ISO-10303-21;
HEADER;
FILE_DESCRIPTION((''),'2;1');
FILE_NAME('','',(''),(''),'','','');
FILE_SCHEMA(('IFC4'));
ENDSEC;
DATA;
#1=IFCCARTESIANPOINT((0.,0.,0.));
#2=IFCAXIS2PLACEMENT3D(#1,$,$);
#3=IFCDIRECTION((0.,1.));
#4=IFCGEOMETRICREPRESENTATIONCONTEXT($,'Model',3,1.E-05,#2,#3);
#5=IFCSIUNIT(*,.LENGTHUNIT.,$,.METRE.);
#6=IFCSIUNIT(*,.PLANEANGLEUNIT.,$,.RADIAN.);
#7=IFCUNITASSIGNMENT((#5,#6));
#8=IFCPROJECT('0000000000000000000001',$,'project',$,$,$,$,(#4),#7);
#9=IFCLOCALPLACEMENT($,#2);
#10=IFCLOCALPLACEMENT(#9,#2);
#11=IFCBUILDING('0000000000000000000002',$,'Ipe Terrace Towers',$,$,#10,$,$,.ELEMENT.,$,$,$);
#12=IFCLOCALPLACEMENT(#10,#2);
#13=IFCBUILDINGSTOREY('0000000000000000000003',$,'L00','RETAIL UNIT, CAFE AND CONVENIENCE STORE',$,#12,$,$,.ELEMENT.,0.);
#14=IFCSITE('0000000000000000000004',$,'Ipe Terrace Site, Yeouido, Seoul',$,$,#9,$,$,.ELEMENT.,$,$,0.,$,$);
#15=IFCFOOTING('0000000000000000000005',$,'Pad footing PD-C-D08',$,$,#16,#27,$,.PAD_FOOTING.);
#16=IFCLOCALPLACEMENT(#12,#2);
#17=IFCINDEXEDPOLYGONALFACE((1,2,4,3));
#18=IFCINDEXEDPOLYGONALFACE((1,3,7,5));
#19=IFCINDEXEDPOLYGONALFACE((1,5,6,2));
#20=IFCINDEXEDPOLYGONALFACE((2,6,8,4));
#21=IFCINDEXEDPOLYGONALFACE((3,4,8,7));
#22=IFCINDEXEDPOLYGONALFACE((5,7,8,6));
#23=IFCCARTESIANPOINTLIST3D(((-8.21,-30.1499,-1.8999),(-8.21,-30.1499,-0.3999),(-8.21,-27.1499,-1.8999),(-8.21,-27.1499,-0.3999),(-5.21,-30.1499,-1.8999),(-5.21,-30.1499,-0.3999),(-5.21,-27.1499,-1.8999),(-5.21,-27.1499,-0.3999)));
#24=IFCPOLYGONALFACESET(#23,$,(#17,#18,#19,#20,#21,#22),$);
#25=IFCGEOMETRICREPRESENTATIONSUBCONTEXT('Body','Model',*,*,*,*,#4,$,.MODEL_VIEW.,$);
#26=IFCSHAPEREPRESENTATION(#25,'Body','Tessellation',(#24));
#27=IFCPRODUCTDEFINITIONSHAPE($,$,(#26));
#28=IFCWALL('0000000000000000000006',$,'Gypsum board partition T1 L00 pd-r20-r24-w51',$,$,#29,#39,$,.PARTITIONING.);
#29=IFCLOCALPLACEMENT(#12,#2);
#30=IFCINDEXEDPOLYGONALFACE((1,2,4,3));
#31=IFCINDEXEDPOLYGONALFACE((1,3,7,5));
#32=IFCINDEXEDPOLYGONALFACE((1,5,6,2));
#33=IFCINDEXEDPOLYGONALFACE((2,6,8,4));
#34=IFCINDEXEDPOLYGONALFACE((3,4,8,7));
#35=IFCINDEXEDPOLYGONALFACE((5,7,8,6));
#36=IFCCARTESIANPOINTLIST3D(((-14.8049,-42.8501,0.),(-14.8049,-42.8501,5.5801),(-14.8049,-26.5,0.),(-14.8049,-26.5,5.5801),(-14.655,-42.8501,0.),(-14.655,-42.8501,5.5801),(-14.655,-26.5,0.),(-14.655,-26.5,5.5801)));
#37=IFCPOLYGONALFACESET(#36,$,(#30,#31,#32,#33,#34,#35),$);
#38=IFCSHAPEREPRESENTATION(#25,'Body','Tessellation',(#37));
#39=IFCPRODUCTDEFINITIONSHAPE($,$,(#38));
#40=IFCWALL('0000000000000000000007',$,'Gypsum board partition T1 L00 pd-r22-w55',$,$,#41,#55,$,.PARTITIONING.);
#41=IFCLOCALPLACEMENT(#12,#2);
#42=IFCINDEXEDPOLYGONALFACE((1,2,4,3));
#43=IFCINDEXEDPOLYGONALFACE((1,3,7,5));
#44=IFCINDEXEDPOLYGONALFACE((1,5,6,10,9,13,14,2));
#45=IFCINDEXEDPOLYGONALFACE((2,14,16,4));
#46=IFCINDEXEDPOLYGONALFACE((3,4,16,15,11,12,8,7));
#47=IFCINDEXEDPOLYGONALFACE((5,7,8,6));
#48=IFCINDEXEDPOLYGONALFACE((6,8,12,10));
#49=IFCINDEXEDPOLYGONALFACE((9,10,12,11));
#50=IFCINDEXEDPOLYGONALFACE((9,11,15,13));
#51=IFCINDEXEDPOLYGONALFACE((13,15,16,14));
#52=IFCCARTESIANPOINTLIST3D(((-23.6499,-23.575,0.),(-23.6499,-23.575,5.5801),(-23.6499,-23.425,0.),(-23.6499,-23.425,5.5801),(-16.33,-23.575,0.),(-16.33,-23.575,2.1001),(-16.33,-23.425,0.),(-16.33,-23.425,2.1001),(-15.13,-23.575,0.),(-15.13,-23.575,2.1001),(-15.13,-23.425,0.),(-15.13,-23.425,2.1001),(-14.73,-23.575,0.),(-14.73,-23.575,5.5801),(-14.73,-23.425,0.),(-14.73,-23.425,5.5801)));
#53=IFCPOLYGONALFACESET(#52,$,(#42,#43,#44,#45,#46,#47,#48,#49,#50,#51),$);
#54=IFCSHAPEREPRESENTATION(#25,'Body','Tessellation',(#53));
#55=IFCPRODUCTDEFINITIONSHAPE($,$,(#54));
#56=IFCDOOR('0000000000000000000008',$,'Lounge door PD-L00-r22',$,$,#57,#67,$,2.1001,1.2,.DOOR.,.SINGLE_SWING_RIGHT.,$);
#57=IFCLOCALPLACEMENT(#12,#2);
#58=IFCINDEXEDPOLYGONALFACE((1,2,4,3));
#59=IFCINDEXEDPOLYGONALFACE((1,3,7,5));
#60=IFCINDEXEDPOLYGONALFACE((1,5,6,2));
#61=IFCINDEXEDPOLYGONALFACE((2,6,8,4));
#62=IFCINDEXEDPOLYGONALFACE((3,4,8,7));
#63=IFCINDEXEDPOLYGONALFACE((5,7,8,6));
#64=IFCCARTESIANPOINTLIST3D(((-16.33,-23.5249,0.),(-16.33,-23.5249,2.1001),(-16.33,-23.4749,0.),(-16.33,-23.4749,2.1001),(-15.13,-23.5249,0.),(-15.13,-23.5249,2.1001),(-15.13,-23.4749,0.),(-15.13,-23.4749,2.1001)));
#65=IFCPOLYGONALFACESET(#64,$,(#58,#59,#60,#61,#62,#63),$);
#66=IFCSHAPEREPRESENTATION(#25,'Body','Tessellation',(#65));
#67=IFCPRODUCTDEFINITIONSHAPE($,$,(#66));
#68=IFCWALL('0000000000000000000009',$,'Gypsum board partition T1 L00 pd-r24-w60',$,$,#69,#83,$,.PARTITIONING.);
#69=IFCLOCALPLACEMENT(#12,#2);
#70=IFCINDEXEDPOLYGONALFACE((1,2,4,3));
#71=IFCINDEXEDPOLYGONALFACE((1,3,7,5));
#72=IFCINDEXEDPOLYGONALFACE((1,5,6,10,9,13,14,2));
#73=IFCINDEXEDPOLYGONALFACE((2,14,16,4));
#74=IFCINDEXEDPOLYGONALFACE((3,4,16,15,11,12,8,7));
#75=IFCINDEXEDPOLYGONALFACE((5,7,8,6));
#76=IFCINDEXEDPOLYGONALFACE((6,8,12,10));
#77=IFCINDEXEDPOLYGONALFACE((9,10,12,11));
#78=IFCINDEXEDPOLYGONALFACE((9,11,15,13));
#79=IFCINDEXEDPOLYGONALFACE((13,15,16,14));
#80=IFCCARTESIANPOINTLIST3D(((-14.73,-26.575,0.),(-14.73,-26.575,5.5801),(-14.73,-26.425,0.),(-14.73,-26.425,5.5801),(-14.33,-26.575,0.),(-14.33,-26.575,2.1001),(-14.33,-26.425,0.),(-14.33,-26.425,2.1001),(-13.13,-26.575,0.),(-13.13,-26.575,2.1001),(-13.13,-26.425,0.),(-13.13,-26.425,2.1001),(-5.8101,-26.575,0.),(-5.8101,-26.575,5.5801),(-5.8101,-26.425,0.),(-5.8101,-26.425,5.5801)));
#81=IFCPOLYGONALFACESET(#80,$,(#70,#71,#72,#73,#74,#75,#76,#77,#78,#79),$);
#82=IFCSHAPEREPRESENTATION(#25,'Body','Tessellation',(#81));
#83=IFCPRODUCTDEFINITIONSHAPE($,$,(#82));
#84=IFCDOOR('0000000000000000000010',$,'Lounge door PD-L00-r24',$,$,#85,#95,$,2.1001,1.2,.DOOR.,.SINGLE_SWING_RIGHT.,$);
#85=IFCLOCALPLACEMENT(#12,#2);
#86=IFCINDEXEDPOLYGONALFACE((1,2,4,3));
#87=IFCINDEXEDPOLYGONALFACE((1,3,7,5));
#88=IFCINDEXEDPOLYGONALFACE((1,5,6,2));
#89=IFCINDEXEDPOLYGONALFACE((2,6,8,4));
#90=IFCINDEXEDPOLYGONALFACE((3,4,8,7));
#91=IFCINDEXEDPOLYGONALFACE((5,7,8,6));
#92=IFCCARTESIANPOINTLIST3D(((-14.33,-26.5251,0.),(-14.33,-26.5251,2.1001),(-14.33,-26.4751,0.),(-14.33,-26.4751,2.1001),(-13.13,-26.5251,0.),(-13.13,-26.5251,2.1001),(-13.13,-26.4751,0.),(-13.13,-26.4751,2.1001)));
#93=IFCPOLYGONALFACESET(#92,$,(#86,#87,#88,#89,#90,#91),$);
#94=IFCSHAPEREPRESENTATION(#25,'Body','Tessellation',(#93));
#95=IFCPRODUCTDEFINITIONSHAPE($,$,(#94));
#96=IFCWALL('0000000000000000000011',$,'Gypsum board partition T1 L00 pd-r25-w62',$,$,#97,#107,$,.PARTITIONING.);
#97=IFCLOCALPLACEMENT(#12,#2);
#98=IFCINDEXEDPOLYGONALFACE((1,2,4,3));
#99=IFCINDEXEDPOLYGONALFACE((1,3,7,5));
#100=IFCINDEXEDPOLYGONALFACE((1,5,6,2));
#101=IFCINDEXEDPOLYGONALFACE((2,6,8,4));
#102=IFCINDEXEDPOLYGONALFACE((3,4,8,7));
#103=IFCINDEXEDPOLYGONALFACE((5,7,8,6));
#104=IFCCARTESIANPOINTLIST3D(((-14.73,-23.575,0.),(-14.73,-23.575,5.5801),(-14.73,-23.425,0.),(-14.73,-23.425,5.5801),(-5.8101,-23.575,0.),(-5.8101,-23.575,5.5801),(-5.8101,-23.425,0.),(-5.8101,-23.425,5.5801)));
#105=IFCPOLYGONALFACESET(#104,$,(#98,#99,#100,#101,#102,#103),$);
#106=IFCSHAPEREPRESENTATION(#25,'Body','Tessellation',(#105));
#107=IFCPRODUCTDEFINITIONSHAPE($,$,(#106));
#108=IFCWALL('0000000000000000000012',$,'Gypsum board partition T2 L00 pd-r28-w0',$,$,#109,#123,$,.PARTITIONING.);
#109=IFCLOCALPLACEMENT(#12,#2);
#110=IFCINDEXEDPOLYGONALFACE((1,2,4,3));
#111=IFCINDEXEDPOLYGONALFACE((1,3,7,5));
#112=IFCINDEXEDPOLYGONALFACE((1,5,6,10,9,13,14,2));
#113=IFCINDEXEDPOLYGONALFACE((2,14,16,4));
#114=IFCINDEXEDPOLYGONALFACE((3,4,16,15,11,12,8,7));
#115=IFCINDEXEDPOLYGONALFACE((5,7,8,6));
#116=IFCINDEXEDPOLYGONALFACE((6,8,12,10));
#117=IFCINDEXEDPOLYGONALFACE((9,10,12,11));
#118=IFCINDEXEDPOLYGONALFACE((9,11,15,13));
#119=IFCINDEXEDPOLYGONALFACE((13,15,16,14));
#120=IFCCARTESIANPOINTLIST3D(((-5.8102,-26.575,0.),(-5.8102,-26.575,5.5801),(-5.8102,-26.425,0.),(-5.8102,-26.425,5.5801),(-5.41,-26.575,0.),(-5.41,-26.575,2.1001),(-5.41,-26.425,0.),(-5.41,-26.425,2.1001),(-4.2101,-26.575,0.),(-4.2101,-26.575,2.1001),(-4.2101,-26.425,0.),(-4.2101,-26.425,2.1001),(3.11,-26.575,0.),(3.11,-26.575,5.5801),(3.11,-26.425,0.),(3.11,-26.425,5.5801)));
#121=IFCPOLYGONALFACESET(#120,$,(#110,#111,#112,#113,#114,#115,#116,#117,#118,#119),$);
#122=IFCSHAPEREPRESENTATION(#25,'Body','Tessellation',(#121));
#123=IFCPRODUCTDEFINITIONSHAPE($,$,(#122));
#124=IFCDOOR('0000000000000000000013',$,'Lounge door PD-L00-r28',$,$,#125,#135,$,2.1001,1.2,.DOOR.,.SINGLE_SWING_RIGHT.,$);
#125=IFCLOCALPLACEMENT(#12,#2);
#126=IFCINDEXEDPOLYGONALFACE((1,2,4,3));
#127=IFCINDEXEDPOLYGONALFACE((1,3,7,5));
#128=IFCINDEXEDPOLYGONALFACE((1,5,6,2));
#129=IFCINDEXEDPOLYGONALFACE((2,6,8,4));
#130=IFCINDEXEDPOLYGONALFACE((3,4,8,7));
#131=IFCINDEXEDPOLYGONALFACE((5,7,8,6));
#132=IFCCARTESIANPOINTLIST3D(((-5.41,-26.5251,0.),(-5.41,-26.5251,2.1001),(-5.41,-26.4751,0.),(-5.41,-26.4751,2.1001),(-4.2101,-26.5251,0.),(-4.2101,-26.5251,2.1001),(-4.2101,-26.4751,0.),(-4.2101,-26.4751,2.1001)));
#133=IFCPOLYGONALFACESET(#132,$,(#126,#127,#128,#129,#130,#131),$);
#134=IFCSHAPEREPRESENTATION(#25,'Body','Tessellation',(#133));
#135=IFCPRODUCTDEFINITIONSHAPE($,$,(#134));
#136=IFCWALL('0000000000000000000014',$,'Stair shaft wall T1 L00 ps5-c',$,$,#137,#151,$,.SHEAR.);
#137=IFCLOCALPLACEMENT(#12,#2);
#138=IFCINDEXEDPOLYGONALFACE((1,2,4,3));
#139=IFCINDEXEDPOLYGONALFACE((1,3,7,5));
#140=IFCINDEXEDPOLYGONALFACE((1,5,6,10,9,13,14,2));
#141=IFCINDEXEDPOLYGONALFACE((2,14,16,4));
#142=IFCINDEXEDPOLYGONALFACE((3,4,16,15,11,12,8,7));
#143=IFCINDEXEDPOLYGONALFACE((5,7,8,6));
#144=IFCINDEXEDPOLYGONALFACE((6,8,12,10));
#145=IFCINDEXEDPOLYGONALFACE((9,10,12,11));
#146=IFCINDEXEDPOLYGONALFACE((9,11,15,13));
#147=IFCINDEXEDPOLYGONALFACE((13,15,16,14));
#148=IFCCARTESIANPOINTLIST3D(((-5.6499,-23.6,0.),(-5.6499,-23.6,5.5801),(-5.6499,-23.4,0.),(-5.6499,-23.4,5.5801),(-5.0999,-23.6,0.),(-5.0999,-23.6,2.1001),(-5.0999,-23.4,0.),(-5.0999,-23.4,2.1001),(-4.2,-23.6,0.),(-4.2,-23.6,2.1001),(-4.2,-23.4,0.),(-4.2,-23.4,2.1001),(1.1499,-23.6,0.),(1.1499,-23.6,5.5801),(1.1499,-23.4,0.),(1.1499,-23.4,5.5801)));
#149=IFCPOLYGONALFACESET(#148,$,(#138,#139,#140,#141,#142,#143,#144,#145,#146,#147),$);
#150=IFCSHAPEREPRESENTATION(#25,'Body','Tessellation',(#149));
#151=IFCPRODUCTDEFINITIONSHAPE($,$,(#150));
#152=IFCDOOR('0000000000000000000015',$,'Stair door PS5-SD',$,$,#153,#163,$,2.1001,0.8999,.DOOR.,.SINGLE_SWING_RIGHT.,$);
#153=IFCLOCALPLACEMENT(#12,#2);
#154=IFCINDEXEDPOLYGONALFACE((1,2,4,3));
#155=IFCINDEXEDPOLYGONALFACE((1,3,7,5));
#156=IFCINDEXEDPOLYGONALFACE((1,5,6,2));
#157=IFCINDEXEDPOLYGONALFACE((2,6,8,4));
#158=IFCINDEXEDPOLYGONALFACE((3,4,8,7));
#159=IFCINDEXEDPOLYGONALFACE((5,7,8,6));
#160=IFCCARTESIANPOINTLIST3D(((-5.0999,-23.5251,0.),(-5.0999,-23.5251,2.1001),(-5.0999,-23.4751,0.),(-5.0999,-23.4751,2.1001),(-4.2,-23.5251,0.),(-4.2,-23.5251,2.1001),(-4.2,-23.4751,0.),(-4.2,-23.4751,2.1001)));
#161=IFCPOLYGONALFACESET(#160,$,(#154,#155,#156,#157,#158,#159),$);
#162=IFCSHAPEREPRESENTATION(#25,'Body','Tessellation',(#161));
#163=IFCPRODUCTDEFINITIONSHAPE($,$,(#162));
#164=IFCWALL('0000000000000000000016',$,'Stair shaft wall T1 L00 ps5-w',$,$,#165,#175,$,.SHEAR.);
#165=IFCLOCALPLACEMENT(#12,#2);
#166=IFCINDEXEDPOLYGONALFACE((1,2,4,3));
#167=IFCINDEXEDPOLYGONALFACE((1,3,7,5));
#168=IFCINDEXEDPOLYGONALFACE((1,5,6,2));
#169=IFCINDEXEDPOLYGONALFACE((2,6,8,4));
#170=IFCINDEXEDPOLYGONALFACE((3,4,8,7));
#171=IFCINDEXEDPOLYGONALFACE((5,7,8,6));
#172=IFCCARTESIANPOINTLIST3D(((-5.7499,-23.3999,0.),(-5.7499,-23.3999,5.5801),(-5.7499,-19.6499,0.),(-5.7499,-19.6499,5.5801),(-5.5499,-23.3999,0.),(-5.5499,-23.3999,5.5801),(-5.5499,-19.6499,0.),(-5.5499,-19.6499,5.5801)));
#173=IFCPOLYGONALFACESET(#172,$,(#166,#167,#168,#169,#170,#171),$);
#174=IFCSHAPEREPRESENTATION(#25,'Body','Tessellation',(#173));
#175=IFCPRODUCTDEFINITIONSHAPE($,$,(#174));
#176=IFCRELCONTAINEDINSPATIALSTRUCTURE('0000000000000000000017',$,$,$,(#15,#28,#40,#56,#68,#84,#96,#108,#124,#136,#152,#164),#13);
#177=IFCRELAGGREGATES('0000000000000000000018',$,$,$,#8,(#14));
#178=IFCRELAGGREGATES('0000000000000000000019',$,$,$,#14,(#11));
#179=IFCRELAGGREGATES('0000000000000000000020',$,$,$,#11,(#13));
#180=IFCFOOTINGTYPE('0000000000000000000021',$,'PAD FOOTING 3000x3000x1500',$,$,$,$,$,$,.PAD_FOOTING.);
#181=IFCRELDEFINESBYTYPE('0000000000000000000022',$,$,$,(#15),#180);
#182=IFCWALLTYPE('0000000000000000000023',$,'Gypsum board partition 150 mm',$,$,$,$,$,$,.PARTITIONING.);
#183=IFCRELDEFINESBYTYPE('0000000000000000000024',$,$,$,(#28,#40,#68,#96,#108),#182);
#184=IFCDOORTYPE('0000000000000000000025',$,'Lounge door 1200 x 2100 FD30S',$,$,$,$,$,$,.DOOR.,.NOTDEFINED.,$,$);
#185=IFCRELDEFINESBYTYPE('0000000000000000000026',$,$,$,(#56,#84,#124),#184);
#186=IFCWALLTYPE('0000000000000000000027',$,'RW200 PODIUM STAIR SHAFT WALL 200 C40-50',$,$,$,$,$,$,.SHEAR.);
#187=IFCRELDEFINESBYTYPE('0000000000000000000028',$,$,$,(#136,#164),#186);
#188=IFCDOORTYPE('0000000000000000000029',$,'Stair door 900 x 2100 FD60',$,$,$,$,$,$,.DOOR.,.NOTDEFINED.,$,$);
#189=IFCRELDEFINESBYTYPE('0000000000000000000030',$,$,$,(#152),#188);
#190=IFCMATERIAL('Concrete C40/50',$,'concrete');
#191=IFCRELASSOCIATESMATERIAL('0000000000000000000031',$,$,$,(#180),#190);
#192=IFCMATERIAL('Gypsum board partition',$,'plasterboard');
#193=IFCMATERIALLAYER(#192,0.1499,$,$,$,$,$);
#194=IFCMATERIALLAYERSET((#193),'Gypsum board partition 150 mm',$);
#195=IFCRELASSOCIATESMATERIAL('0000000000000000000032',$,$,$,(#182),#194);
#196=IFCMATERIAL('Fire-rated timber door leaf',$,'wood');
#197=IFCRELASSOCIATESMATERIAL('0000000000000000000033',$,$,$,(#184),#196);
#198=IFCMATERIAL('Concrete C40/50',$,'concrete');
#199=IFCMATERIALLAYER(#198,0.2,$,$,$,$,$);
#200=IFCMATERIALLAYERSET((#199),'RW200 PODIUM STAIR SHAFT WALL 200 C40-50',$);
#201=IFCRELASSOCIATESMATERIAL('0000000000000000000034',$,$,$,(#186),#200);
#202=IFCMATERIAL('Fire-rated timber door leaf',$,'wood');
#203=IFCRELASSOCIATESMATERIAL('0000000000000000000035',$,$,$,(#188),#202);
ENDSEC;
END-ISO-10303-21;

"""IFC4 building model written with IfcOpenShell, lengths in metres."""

from ifc_helpers import new_model, si_unit, direction, frame, frame_2d, origin, origin_2d, place, context, subcontext, project, spatial, rectangle, extrude, material, layer, layer_set, type_object, element, fill, save


model = new_model("IFC4")

# Units and contexts
model_context = context("Model", 3, precision=1e-05, world=origin(), true_north=direction((0.0, 1.0)))
body_context = subcontext(model_context, "Body", "Model", "MODEL_VIEW")
ifc_project = project(units=[si_unit("LENGTHUNIT", "METRE"), si_unit("PLANEANGLEUNIT", "RADIAN")], contexts=[model_context])

# Site, building, storey
site_placement = place(None, origin())
site = spatial("IfcSite", under=ifc_project, at=site_placement, Name="Ipe Terrace Site, Yeouido, Seoul", CompositionType="ELEMENT", RefElevation=0.0)
building_placement = place(site_placement, origin())
building = spatial("IfcBuilding", under=site, at=building_placement, Name="Ipe Terrace Towers", CompositionType="ELEMENT")
storey_placement = place(building_placement, origin())
storey = spatial("IfcBuildingStorey", under=building, at=storey_placement, Name="L00", Description="RETAIL UNIT, CAFE AND CONVENIENCE STORE", CompositionType="ELEMENT", Elevation=0.0)

# Footing
ifc_material_1 = material(Name="Concrete C40/50", Category="concrete")
footing_type = type_object("IfcFootingType", Name="PAD FOOTING 3000x3000x1500", PredefinedType="PAD_FOOTING", material=ifc_material_1)
footing_placement = place(storey_placement, frame((-6.71, -28.6499, -1.8999), z_axis=(0.0, 0.0, 1.0), x_axis=(1.0, 0.0, 0.0)))
element("IfcFooting", 1, at=footing_placement, inside=storey, type_object=footing_type, Name="Pad footing PD-C-D08", PredefinedType="PAD_FOOTING", context=body_context, shape_type="SweptSolid", body=[
    extrude(rectangle(XDim=3.0, YDim=3.0, at=origin_2d()), origin(), (0.0, 0.0, 1.0), 1.5),
])

# Wall
ifc_material_2 = material(Name="Gypsum board partition", Category="plasterboard")
ifc_layer_1 = layer(ifc_material_2, 0.1499)
ifc_layer_set_1 = layer_set([ifc_layer_1], Name="Gypsum board partition 150 mm")
wall_type_1 = type_object("IfcWallType", Name="Gypsum board partition 150 mm", PredefinedType="PARTITIONING", material=ifc_layer_set_1)
wall_1_placement = place(storey_placement, frame((-14.73, -26.5, 0.0), z_axis=(0.0, 0.0, 1.0), x_axis=(0.0, -1.0, 0.0)))
element("IfcWall", 2, at=wall_1_placement, inside=storey, type_object=wall_type_1, Name="Gypsum board partition T1 L00 pd-r20-r24-w51", PredefinedType="PARTITIONING", context=body_context, shape_type="SweptSolid", body=[
    extrude(rectangle(XDim=16.3501, YDim=0.1499, at=frame_2d((8.175, 0.0))), origin(), (0.0, 0.0, 1.0), 5.5801),
])

# Walls, openings, doors
wall_2_placement = place(storey_placement, frame((-14.73, -23.5, 0.0), z_axis=(0.0, 0.0, 1.0), x_axis=(-1.0, 0.0, 0.0)))
wall_2 = element("IfcWall", 3, at=wall_2_placement, inside=storey, type_object=wall_type_1, Name="Gypsum board partition T1 L00 pd-r22-w55", PredefinedType="PARTITIONING", context=body_context, shape_type="SweptSolid", body=[
    extrude(rectangle(XDim=8.9199, YDim=0.1499, at=frame_2d((4.46, 0.0))), origin(), (0.0, 0.0, 1.0), 5.5801),
])
opening_1_placement = place(wall_2_placement, frame((0.3999, 0.0, 0.0)))
opening_1 = element("IfcOpeningElement", 4, at=opening_1_placement, cuts=wall_2, PredefinedType="OPENING", context=body_context, shape_type="SweptSolid", body=[
    extrude(rectangle(XDim=1.2, YDim=2.1001, at=frame_2d((0.6001, 1.05))), frame((0.0, 0.085, 0.0), z_axis=(0.0, -1.0, 0.0), x_axis=(1.0, 0.0, 0.0)), (0.0, 0.0, 1.0), 0.1699),
])
ifc_material_3 = material(Name="Fire-rated timber door leaf", Category="wood")
door_type_1 = type_object("IfcDoorType", Name="Lounge door 1200 x 2100 FD30S", OperationType="NOTDEFINED", PredefinedType="DOOR", material=ifc_material_3)
door_1_placement = place(opening_1_placement, origin())
door_1 = element("IfcDoor", 5, at=door_1_placement, inside=storey, type_object=door_type_1, Name="Lounge door PD-L00-r22", OperationType="SINGLE_SWING_RIGHT", OverallHeight=2.1001, OverallWidth=1.2, PredefinedType="DOOR", context=body_context, shape_type="SweptSolid", body=[
    extrude(rectangle(XDim=1.2, YDim=2.1001, at=frame_2d((0.6001, 1.05))), frame((0.0, 0.0249, 0.0), z_axis=(0.0, -1.0, 0.0), x_axis=(1.0, 0.0, 0.0)), (0.0, 0.0, 1.0), 0.05),
])
fill(opening_1, door_1)
wall_3_placement = place(storey_placement, frame((-14.73, -26.5, 0.0), z_axis=(0.0, 0.0, 1.0), x_axis=(1.0, 0.0, 0.0)))
wall_3 = element("IfcWall", 6, at=wall_3_placement, inside=storey, type_object=wall_type_1, Name="Gypsum board partition T1 L00 pd-r24-w60", PredefinedType="PARTITIONING", context=body_context, shape_type="SweptSolid", body=[
    extrude(rectangle(XDim=8.9199, YDim=0.1499, at=frame_2d((4.46, 0.0))), origin(), (0.0, 0.0, 1.0), 5.5801),
])
opening_2_placement = place(wall_3_placement, frame((0.3999, 0.0, 0.0)))
opening_2 = element("IfcOpeningElement", 7, at=opening_2_placement, cuts=wall_3, PredefinedType="OPENING", context=body_context, shape_type="SweptSolid", body=[
    extrude(rectangle(XDim=1.2, YDim=2.1001, at=frame_2d((0.6001, 1.05))), frame((0.0, 0.085, 0.0), z_axis=(0.0, -1.0, 0.0), x_axis=(1.0, 0.0, 0.0)), (0.0, 0.0, 1.0), 0.1699),
])
door_2_placement = place(opening_2_placement, origin())
door_2 = element("IfcDoor", 8, at=door_2_placement, inside=storey, type_object=door_type_1, Name="Lounge door PD-L00-r24", OperationType="SINGLE_SWING_RIGHT", OverallHeight=2.1001, OverallWidth=1.2, PredefinedType="DOOR", context=body_context, shape_type="SweptSolid", body=[
    extrude(rectangle(XDim=1.2, YDim=2.1001, at=frame_2d((0.6001, 1.05))), frame((0.0, 0.0249, 0.0), z_axis=(0.0, -1.0, 0.0), x_axis=(1.0, 0.0, 0.0)), (0.0, 0.0, 1.0), 0.05),
])
fill(opening_2, door_2)

# Wall
wall_4_placement = place(storey_placement, frame((-5.8101, -23.5, 0.0), z_axis=(0.0, 0.0, 1.0), x_axis=(-1.0, 0.0, 0.0)))
element("IfcWall", 9, at=wall_4_placement, inside=storey, type_object=wall_type_1, Name="Gypsum board partition T1 L00 pd-r25-w62", PredefinedType="PARTITIONING", context=body_context, shape_type="SweptSolid", body=[
    extrude(rectangle(XDim=8.9199, YDim=0.1499, at=frame_2d((4.46, 0.0))), origin(), (0.0, 0.0, 1.0), 5.5801),
])

# Walls, openings, doors
wall_5_placement = place(storey_placement, frame((-5.8101, -26.5, 0.0), z_axis=(0.0, 0.0, 1.0), x_axis=(1.0, 0.0, 0.0)))
wall_5 = element("IfcWall", 10, at=wall_5_placement, inside=storey, type_object=wall_type_1, Name="Gypsum board partition T2 L00 pd-r28-w0", PredefinedType="PARTITIONING", context=body_context, shape_type="SweptSolid", body=[
    extrude(rectangle(XDim=8.9202, YDim=0.1499, at=frame_2d((4.46, 0.0))), origin(), (0.0, 0.0, 1.0), 5.5801),
])
opening_3_placement = place(wall_5_placement, frame((0.3999, 0.0, 0.0)))
opening_3 = element("IfcOpeningElement", 11, at=opening_3_placement, cuts=wall_5, PredefinedType="OPENING", context=body_context, shape_type="SweptSolid", body=[
    extrude(rectangle(XDim=1.2, YDim=2.1001, at=frame_2d((0.6001, 1.05))), frame((0.0, 0.085, 0.0), z_axis=(0.0, -1.0, 0.0), x_axis=(1.0, 0.0, 0.0)), (0.0, 0.0, 1.0), 0.1699),
])
door_3_placement = place(opening_3_placement, origin())
door_3 = element("IfcDoor", 12, at=door_3_placement, inside=storey, type_object=door_type_1, Name="Lounge door PD-L00-r28", OperationType="SINGLE_SWING_RIGHT", OverallHeight=2.1001, OverallWidth=1.2, PredefinedType="DOOR", context=body_context, shape_type="SweptSolid", body=[
    extrude(rectangle(XDim=1.2, YDim=2.1001, at=frame_2d((0.6001, 1.05))), frame((0.0, 0.0249, 0.0), z_axis=(0.0, -1.0, 0.0), x_axis=(1.0, 0.0, 0.0)), (0.0, 0.0, 1.0), 0.05),
])
fill(opening_3, door_3)
ifc_material_4 = material(Name="Concrete C40/50", Category="concrete")
ifc_layer_2 = layer(ifc_material_4, 0.2)
ifc_layer_set_2 = layer_set([ifc_layer_2], Name="RW200 PODIUM STAIR SHAFT WALL 200 C40-50")
wall_type_2 = type_object("IfcWallType", Name="RW200 PODIUM STAIR SHAFT WALL 200 C40-50", PredefinedType="SHEAR", material=ifc_layer_set_2)
wall_6_placement = place(storey_placement, frame((-5.6499, -23.5, 0.0), z_axis=(0.0, 0.0, 1.0), x_axis=(1.0, 0.0, 0.0)))
wall_6 = element("IfcWall", 13, at=wall_6_placement, inside=storey, type_object=wall_type_2, Name="Stair shaft wall T1 L00 ps5-c", PredefinedType="SHEAR", context=body_context, shape_type="SweptSolid", body=[
    extrude(rectangle(XDim=6.7998, YDim=0.2, at=frame_2d((3.3999, 0.0))), origin(), (0.0, 0.0, 1.0), 5.5801),
])
opening_4_placement = place(wall_6_placement, frame((0.55, 0.0, 0.0)))
opening_4 = element("IfcOpeningElement", 14, at=opening_4_placement, cuts=wall_6, PredefinedType="OPENING", context=body_context, shape_type="SweptSolid", body=[
    extrude(rectangle(XDim=0.8999, YDim=2.1001, at=frame_2d((0.45, 1.05))), frame((0.0, 0.1099, 0.0), z_axis=(0.0, -1.0, 0.0), x_axis=(1.0, 0.0, 0.0)), (0.0, 0.0, 1.0), 0.22),
])
ifc_material_5 = material(Name="Fire-rated timber door leaf", Category="wood")
door_type_2 = type_object("IfcDoorType", Name="Stair door 900 x 2100 FD60", OperationType="NOTDEFINED", PredefinedType="DOOR", material=ifc_material_5)
door_4_placement = place(opening_4_placement, origin())
door_4 = element("IfcDoor", 15, at=door_4_placement, inside=storey, type_object=door_type_2, Name="Stair door PS5-SD", OperationType="SINGLE_SWING_RIGHT", OverallHeight=2.1001, OverallWidth=0.8999, PredefinedType="DOOR", context=body_context, shape_type="SweptSolid", body=[
    extrude(rectangle(XDim=0.8999, YDim=2.1001, at=frame_2d((0.45, 1.05))), frame((0.0, 0.0249, 0.0), z_axis=(0.0, -1.0, 0.0), x_axis=(1.0, 0.0, 0.0)), (0.0, 0.0, 1.0), 0.05),
])
fill(opening_4, door_4)

# Wall
wall_7_placement = place(storey_placement, frame((-5.6499, -23.3999, 0.0), z_axis=(0.0, 0.0, 1.0), x_axis=(0.0, 1.0, 0.0)))
element("IfcWall", 16, at=wall_7_placement, inside=storey, type_object=wall_type_2, Name="Stair shaft wall T1 L00 ps5-w", PredefinedType="SHEAR", context=body_context, shape_type="SweptSolid", body=[
    extrude(rectangle(XDim=3.75, YDim=0.2, at=frame_2d((1.875, 0.0))), origin(), (0.0, 0.0, 1.0), 5.5801),
])

save(model, "model.ifc")
